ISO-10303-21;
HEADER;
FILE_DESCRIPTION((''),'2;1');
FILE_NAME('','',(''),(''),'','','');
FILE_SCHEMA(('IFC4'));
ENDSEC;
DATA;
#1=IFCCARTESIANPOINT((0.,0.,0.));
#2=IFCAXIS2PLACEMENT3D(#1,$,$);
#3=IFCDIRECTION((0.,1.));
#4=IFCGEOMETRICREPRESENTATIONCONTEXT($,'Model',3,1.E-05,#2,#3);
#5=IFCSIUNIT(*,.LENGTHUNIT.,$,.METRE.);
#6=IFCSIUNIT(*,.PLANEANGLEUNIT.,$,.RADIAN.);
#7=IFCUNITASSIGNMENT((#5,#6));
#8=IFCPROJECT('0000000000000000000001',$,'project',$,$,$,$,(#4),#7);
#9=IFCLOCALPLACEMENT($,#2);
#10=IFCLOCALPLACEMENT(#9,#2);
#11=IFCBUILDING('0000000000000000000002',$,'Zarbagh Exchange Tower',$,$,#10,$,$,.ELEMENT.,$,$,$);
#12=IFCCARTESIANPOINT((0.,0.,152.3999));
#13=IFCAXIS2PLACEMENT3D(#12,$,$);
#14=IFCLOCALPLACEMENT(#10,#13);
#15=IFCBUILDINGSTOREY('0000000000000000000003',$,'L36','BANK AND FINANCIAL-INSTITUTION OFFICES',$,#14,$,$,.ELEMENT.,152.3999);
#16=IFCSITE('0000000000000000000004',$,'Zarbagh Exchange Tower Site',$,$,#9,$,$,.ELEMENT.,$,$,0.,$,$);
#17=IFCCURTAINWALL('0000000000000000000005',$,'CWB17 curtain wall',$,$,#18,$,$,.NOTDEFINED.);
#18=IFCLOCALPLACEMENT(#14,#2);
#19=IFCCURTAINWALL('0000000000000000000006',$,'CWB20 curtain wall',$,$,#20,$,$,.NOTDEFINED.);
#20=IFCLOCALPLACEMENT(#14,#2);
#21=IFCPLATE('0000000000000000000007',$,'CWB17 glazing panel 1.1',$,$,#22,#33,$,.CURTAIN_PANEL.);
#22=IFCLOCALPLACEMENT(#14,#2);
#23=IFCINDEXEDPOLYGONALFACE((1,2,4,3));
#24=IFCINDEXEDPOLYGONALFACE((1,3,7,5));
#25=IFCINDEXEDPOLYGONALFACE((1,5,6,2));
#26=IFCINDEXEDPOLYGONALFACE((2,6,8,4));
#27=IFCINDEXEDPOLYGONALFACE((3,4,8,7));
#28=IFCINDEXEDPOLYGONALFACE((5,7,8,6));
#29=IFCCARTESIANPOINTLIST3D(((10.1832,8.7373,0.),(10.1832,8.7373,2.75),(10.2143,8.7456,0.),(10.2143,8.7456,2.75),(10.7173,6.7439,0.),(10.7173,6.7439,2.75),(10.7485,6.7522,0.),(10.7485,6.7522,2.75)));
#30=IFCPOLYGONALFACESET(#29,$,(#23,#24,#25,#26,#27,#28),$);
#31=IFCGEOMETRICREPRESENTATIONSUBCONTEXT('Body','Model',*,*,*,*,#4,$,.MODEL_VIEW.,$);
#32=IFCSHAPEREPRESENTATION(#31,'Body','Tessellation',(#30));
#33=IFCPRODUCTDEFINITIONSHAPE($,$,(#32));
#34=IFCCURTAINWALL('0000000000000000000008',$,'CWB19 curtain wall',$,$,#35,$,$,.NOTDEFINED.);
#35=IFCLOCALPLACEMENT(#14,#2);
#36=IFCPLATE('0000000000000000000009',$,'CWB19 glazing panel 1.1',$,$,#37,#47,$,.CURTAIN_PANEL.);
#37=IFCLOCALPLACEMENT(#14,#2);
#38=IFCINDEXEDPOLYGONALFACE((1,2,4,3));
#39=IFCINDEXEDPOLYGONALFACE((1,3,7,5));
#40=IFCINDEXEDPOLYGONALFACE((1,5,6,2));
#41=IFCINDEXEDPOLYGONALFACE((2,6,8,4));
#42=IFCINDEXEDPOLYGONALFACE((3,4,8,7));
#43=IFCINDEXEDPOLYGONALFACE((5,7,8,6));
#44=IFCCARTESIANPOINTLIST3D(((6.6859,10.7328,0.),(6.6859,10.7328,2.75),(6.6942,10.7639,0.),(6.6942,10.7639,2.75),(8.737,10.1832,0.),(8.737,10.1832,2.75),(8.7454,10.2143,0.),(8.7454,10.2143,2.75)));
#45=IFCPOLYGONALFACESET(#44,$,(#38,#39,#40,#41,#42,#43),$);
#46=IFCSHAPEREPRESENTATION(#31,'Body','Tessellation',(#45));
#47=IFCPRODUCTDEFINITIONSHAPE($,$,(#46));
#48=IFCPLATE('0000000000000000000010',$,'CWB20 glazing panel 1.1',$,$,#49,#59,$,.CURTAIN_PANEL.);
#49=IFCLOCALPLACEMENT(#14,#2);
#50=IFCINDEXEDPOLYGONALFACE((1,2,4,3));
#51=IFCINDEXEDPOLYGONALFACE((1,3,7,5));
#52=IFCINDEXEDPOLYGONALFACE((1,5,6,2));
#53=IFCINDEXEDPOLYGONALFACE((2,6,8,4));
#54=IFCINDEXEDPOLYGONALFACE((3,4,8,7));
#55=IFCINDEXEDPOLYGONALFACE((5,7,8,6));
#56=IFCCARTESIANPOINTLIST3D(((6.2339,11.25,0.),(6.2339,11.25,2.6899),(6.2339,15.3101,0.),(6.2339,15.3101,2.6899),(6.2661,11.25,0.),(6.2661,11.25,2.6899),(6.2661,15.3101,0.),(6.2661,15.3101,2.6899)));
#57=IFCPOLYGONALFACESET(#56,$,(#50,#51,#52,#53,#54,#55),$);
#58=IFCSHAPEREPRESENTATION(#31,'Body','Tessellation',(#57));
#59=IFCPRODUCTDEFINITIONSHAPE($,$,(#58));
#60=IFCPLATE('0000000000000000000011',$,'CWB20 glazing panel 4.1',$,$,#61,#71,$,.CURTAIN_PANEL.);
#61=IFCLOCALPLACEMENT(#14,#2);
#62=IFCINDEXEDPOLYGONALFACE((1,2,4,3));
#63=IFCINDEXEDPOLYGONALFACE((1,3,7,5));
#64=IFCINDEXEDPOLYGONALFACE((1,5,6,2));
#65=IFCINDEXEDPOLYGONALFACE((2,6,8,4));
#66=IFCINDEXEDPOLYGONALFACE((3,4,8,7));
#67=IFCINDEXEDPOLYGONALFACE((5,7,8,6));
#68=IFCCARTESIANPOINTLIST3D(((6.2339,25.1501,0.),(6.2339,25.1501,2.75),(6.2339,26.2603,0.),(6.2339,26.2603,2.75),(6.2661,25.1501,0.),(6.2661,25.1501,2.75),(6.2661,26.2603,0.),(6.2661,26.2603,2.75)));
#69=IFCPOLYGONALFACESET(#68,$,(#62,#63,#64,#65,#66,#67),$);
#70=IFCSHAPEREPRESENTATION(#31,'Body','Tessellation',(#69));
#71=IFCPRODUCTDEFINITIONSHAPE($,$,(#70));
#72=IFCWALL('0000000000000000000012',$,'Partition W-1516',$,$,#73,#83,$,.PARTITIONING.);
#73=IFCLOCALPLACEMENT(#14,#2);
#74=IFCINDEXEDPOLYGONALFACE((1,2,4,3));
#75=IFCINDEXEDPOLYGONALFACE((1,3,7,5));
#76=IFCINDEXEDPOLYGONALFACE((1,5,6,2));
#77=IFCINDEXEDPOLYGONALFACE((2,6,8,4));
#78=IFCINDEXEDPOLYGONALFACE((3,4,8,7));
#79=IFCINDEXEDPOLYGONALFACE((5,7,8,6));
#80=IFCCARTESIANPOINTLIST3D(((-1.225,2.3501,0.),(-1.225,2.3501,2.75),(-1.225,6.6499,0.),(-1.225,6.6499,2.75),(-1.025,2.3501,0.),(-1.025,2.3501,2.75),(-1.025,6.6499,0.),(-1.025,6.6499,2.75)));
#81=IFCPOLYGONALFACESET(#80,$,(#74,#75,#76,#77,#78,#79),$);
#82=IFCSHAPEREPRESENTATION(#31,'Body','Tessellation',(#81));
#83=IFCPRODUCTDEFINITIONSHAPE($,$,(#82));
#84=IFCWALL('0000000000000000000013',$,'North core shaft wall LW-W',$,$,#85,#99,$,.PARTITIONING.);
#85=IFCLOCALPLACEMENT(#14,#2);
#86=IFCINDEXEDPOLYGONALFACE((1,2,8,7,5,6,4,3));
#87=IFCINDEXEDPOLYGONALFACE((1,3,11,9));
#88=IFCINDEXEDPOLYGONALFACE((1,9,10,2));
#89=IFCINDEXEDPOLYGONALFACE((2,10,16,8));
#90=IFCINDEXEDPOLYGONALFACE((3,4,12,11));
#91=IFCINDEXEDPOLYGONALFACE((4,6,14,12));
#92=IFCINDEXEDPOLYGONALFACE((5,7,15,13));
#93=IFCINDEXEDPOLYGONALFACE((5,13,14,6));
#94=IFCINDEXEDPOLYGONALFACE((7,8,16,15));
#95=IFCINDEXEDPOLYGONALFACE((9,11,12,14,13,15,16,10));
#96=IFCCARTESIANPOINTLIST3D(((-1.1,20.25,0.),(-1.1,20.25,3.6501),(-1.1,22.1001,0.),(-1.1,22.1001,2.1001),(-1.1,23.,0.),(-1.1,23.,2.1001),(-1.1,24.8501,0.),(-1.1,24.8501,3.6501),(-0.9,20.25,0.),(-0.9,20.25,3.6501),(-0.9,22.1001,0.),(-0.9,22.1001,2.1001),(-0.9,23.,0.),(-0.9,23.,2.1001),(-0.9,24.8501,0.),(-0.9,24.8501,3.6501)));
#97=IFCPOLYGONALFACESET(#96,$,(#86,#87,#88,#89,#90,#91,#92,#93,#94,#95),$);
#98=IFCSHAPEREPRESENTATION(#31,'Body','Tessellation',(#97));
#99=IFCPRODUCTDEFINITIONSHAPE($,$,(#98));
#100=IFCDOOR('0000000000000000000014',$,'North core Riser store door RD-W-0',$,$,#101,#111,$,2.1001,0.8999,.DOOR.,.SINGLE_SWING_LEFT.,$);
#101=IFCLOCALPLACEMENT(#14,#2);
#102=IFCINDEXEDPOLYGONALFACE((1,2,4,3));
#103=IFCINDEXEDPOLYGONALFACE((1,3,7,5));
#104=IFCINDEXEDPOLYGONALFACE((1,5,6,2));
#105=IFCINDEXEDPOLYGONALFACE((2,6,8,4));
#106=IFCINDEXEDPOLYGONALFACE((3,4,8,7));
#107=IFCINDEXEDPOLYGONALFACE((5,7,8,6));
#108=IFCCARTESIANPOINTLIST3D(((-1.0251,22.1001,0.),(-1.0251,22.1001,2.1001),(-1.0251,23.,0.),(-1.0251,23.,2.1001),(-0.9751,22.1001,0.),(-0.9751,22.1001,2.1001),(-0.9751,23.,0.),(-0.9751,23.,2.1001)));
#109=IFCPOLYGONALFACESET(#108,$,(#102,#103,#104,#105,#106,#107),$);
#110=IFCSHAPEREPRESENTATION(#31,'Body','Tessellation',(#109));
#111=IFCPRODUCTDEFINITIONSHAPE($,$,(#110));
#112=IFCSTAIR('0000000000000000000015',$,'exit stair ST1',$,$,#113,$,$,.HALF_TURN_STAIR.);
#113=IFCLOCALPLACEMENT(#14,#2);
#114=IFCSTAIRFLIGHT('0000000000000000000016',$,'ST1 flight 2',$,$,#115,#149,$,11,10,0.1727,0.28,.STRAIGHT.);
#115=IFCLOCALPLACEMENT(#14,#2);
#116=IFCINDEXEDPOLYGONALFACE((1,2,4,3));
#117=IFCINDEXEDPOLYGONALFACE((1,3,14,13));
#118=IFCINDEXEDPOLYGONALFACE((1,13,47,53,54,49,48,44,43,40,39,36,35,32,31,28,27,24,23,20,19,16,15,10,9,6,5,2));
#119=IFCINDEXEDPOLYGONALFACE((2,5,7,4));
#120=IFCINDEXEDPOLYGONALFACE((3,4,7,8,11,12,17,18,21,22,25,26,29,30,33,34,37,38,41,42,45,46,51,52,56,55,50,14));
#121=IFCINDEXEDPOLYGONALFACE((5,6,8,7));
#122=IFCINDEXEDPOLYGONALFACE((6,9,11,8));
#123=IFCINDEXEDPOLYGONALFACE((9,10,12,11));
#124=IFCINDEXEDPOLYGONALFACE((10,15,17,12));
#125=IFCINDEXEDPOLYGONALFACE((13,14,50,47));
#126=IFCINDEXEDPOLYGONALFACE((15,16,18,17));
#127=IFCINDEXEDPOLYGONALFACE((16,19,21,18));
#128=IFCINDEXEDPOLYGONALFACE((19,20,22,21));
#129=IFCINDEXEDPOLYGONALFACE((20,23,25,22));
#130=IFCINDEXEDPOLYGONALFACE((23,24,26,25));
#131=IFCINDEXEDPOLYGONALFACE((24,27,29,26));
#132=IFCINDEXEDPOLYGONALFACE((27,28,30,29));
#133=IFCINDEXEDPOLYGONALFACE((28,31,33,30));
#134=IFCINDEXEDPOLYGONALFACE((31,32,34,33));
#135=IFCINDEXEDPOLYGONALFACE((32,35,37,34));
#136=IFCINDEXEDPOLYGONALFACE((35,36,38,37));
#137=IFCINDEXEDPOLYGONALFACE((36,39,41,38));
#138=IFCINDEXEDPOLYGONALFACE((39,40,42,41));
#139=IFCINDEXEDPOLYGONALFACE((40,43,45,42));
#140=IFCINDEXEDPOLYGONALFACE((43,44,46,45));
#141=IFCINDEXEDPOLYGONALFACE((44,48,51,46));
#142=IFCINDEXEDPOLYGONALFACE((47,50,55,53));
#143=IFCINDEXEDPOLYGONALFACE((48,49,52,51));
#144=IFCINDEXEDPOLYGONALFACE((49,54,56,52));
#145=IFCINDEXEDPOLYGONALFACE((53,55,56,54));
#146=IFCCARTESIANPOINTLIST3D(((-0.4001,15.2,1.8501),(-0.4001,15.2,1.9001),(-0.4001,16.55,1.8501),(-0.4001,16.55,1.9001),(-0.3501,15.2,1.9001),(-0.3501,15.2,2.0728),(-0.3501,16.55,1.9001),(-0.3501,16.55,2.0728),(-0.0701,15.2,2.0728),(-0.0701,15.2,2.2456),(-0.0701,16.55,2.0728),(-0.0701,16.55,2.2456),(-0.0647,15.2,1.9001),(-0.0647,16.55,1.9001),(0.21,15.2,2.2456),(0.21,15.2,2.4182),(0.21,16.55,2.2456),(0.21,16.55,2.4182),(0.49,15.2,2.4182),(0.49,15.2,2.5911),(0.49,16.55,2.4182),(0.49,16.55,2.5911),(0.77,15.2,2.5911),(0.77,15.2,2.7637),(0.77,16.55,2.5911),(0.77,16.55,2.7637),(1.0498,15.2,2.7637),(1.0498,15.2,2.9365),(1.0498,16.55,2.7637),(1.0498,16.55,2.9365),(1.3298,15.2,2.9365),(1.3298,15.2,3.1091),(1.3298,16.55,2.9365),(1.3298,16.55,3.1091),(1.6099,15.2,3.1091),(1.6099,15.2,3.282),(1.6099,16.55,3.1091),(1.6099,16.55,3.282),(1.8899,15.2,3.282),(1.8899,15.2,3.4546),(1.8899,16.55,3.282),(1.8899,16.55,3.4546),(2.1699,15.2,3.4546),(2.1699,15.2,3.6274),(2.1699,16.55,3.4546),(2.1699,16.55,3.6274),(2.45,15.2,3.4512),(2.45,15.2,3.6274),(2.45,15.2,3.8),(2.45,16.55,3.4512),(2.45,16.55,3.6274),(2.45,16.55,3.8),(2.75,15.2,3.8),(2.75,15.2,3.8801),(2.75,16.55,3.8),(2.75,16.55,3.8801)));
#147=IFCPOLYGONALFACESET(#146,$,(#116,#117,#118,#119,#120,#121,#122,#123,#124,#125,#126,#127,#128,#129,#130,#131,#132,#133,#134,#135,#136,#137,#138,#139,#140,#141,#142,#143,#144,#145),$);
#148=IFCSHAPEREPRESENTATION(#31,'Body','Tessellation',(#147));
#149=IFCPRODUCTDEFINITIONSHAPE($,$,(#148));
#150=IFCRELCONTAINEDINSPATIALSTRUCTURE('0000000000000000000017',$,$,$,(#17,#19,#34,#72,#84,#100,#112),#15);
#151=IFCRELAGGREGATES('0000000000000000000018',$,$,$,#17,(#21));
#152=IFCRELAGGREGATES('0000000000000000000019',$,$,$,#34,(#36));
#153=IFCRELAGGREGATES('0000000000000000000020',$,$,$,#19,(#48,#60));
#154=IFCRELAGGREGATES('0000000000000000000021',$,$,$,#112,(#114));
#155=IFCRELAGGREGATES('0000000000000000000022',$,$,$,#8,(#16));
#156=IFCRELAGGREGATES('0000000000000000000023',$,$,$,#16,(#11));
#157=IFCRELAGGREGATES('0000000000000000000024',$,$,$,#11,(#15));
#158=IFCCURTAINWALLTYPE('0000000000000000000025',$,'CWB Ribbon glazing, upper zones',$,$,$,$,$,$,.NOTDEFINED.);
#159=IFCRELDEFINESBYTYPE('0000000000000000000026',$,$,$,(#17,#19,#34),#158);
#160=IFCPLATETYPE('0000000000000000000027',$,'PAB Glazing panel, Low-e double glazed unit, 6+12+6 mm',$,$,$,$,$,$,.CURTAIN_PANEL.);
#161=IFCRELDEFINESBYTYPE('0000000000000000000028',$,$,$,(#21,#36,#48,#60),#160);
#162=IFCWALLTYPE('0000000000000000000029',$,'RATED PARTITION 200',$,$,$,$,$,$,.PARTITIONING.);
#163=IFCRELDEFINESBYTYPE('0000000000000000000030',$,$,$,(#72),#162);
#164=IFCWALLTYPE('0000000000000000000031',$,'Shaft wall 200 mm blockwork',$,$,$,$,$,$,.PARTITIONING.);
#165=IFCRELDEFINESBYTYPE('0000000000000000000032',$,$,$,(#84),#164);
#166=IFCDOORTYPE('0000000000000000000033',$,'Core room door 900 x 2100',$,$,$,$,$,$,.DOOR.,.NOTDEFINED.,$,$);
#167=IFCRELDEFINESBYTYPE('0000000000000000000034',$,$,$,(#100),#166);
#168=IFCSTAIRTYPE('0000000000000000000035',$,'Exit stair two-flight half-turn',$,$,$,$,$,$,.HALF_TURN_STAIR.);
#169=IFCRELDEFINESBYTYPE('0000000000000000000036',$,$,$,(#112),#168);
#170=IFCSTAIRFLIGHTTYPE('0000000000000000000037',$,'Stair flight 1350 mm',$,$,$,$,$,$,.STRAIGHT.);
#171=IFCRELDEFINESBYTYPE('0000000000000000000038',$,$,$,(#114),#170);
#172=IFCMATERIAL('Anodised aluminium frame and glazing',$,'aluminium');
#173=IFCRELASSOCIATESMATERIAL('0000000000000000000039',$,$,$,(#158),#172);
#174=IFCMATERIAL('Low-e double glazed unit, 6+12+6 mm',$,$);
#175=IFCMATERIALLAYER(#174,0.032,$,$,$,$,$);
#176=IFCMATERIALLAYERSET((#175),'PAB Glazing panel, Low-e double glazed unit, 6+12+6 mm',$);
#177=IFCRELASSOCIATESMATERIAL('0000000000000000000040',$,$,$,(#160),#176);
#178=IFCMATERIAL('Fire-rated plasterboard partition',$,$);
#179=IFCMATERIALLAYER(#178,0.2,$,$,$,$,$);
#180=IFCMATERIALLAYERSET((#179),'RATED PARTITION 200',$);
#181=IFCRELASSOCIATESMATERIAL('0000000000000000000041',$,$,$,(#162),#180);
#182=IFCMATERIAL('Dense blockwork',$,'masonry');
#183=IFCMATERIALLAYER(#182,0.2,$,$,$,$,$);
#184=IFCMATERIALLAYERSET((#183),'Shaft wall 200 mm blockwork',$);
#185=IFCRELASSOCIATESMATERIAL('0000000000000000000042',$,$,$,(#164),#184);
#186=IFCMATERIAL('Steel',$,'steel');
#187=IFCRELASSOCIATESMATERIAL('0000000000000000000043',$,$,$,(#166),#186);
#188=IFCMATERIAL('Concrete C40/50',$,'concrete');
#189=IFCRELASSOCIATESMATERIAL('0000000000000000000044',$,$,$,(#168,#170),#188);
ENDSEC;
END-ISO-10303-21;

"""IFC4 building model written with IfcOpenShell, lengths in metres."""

from ifc_helpers import new_model, si_unit, direction, frame, frame_2d, origin, place, context, subcontext, project, spatial, polyline, rectangle, outline, extrude, source, transform, mapped, material, layer, layer_set, type_object, element, fill, aggregate, save


model = new_model("IFC4")

# Units and contexts
model_context = context("Model", 3, precision=1e-05, world=origin(), true_north=direction((0.0, 1.0)))
body_context = subcontext(model_context, "Body", "Model", "MODEL_VIEW")
ifc_project = project(units=[si_unit("LENGTHUNIT", "METRE"), si_unit("PLANEANGLEUNIT", "RADIAN")], contexts=[model_context])

# Site, building, storey
site_placement = place(None, origin())
site = spatial("IfcSite", under=ifc_project, at=site_placement, Name="Zarbagh Exchange Tower Site", CompositionType="ELEMENT", RefElevation=0.0)
building_placement = place(site_placement, origin())
building = spatial("IfcBuilding", under=site, at=building_placement, Name="Zarbagh Exchange Tower", CompositionType="ELEMENT")
storey_placement = place(building_placement, frame((0.0, 0.0, 152.3999)))
storey = spatial("IfcBuildingStorey", under=building, at=storey_placement, Name="L36", Description="BANK AND FINANCIAL-INSTITUTION OFFICES", CompositionType="ELEMENT", Elevation=152.3999)

# Shared definitions
ifc_material_1 = material(Name="Anodised aluminium frame and glazing", Category="aluminium")
curtain_wall_type = type_object("IfcCurtainWallType", Name="CWB Ribbon glazing, upper zones", PredefinedType="NOTDEFINED", material=ifc_material_1)
placement = place(storey_placement, origin())

# Curtain wall
curtain_wall_1_placement = place(storey_placement, origin())
curtain_wall_1 = element("IfcCurtainWall", 1, at=curtain_wall_1_placement, inside=storey, type_object=curtain_wall_type, Name="CWB17 curtain wall", PredefinedType="NOTDEFINED")

# Curtain wall
curtain_wall_2_placement = place(storey_placement, origin())
curtain_wall_2 = element("IfcCurtainWall", 2, at=curtain_wall_2_placement, inside=storey, type_object=curtain_wall_type, Name="CWB20 curtain wall", PredefinedType="NOTDEFINED")

# Shared definitions
ifc_material_2 = material(Name="Low-e double glazed unit, 6+12+6 mm")
ifc_layer_1 = layer(ifc_material_2, 0.032)
ifc_layer_set_1 = layer_set([ifc_layer_1], Name="PAB Glazing panel, Low-e double glazed unit, 6+12+6 mm")
plate_type = type_object("IfcPlateType", Name="PAB Glazing panel, Low-e double glazed unit, 6+12+6 mm", PredefinedType="CURTAIN_PANEL", material=ifc_layer_set_1)

# Plate
shared_shape_1 = source(origin(), body_context, "Body", "SweptSolid", [
    extrude(outline(polyline([(0.0, -0.0161), (2.0637, -0.0161), (2.0637, 0.0161), (0.0, 0.0161), (0.0, -0.0161)])), origin(), (0.0, 0.0, 1.0), 2.75),
])
plate_1 = element("IfcPlate", 3, at=placement, type_object=plate_type, Name="CWB17 glazing panel 1.1", PredefinedType="CURTAIN_PANEL", context=body_context, shape_type="MappedRepresentation", body=[
    mapped(shared_shape_1, transform((10.7329, 6.748, 0.0), x_axis=(-0.258825, 0.965924, 0.0), y_axis=(-0.965924, -0.258825, 0.0), z_axis=(0.0, 0.0, 1.0))),
])
aggregate(curtain_wall_1, [plate_1])

# Curtain wall, plate
curtain_wall_3_placement = place(storey_placement, origin())
curtain_wall_3 = element("IfcCurtainWall", 4, at=curtain_wall_3_placement, inside=storey, type_object=curtain_wall_type, Name="CWB19 curtain wall", PredefinedType="NOTDEFINED")
shared_shape_2 = source(origin(), body_context, "Body", "SweptSolid", [
    extrude(outline(polyline([(0.0, -0.0161), (2.1235, -0.0161), (2.1235, 0.0161), (0.0, 0.0161), (0.0, -0.0161)])), origin(), (0.0, 0.0, 1.0), 2.75),
])
plate_2 = element("IfcPlate", 5, at=placement, type_object=plate_type, Name="CWB19 glazing panel 1.1", PredefinedType="CURTAIN_PANEL", context=body_context, shape_type="MappedRepresentation", body=[
    mapped(shared_shape_2, transform((8.7412, 10.1987, 0.0), x_axis=(-0.965924, 0.258825, 0.0), y_axis=(-0.258825, -0.965924, 0.0), z_axis=(0.0, 0.0, 1.0))),
])
aggregate(curtain_wall_3, [plate_2])

# Plates
shared_shape_3 = source(origin(), body_context, "Body", "SweptSolid", [
    extrude(outline(polyline([(0.0, -0.0161), (4.0601, -0.0161), (4.0601, 0.0161), (0.0, 0.0161), (0.0, -0.0161)])), origin(), (0.0, 0.0, 1.0), 2.6899),
])
plate_3 = element("IfcPlate", 6, at=placement, type_object=plate_type, Name="CWB20 glazing panel 1.1", PredefinedType="CURTAIN_PANEL", context=body_context, shape_type="MappedRepresentation", body=[
    mapped(shared_shape_3, transform((6.25, 11.25, 0.0), x_axis=(0.0, 1.0, 0.0), y_axis=(-1.0, 0.0, 0.0), z_axis=(0.0, 0.0, 1.0))),
])
shared_shape_4 = source(origin(), body_context, "Body", "SweptSolid", [
    extrude(outline(polyline([(0.0, -0.0161), (1.1101, -0.0161), (1.1101, 0.0161), (0.0, 0.0161), (0.0, -0.0161)])), origin(), (0.0, 0.0, 1.0), 2.75),
])
plate_4 = element("IfcPlate", 7, at=placement, type_object=plate_type, Name="CWB20 glazing panel 4.1", PredefinedType="CURTAIN_PANEL", context=body_context, shape_type="MappedRepresentation", body=[
    mapped(shared_shape_4, transform((6.25, 25.1501, 0.0), x_axis=(0.0, 1.0, 0.0), y_axis=(-1.0, 0.0, 0.0), z_axis=(0.0, 0.0, 1.0))),
])
aggregate(curtain_wall_2, [plate_3, plate_4])

# Wall
ifc_material_3 = material(Name="Fire-rated plasterboard partition")
ifc_layer_2 = layer(ifc_material_3, 0.2)
ifc_layer_set_2 = layer_set([ifc_layer_2], Name="RATED PARTITION 200")
wall_type_1 = type_object("IfcWallType", Name="RATED PARTITION 200", PredefinedType="PARTITIONING", material=ifc_layer_set_2)
wall_1_placement = place(storey_placement, frame((-1.125, 2.3501, 0.0), z_axis=(0.0, 0.0, 1.0), x_axis=(0.0, 1.0, 0.0)))
element("IfcWall", 8, at=wall_1_placement, inside=storey, type_object=wall_type_1, Name="Partition W-1516", PredefinedType="PARTITIONING", context=body_context, shape_type="SweptSolid", body=[
    extrude(rectangle(XDim=4.2998, YDim=0.2, at=frame_2d((2.1499, 0.0))), origin(), (0.0, 0.0, 1.0), 2.75),
])

# Wall, opening, door
ifc_material_4 = material(Name="Dense blockwork", Category="masonry")
ifc_layer_3 = layer(ifc_material_4, 0.2)
ifc_layer_set_3 = layer_set([ifc_layer_3], Name="Shaft wall 200 mm blockwork")
wall_type_2 = type_object("IfcWallType", Name="Shaft wall 200 mm blockwork", PredefinedType="PARTITIONING", material=ifc_layer_set_3)
wall_2_placement = place(storey_placement, frame((-1.0, 24.8501, 0.0), z_axis=(0.0, 0.0, 1.0), x_axis=(0.0, -1.0, 0.0)))
wall_2 = element("IfcWall", 9, at=wall_2_placement, inside=storey, type_object=wall_type_2, Name="North core shaft wall LW-W", PredefinedType="PARTITIONING", context=body_context, shape_type="SweptSolid", body=[
    extrude(rectangle(XDim=4.6001, YDim=0.2, at=frame_2d((2.3, 0.0))), origin(), (0.0, 0.0, 1.0), 3.6501),
])
opening_placement = place(wall_2_placement, frame((1.8501, 0.0, 0.0)))
opening = element("IfcOpeningElement", 10, at=opening_placement, cuts=wall_2, PredefinedType="OPENING", context=body_context, shape_type="SweptSolid", body=[
    extrude(rectangle(XDim=0.8999, YDim=2.1001, at=frame_2d((0.45, 1.05))), frame((0.0, 0.1099, 0.0), z_axis=(0.0, -1.0, 0.0), x_axis=(1.0, 0.0, 0.0)), (0.0, 0.0, 1.0), 0.22),
])
ifc_material_5 = material(Name="Steel", Category="steel")
door_type = type_object("IfcDoorType", Name="Core room door 900 x 2100", OperationType="NOTDEFINED", PredefinedType="DOOR", material=ifc_material_5)
door_placement = place(opening_placement, origin())
door = element("IfcDoor", 11, at=door_placement, inside=storey, type_object=door_type, Name="North core Riser store door RD-W-0", OperationType="SINGLE_SWING_LEFT", OverallHeight=2.1001, OverallWidth=0.8999, PredefinedType="DOOR", context=body_context, shape_type="SweptSolid", body=[
    extrude(rectangle(XDim=0.8999, YDim=2.1001, at=frame_2d((0.45, 1.05))), frame((0.0, 0.0249, 0.0), z_axis=(0.0, -1.0, 0.0), x_axis=(1.0, 0.0, 0.0)), (0.0, 0.0, 1.0), 0.05),
])
fill(opening, door)

# Stair, stair flight
ifc_material_6 = material(Name="Concrete C40/50", Category="concrete")
stair_type = type_object("IfcStairType", Name="Exit stair two-flight half-turn", PredefinedType="HALF_TURN_STAIR", material=ifc_material_6)
stair_placement = place(storey_placement, origin())
stair = element("IfcStair", 12, at=stair_placement, inside=storey, type_object=stair_type, Name="exit stair ST1", PredefinedType="HALF_TURN_STAIR")
stair_flight_type = type_object("IfcStairFlightType", Name="Stair flight 1350 mm", PredefinedType="STRAIGHT", material=ifc_material_6)
stair_flight_placement = place(storey_placement, frame((-0.3501, 15.875, 1.9001), z_axis=(0.0, 0.0, 1.0), x_axis=(1.0, 0.0, 0.0)))
stair_flight = element("IfcStairFlight", 13, at=stair_flight_placement, type_object=stair_flight_type, Name="ST1 flight 2", NumberOfRisers=11, NumberOfTreads=10, PredefinedType="STRAIGHT", RiserHeight=0.1727, TreadLength=0.28, context=body_context, shape_type="SweptSolid", body=[
    extrude(outline(polyline([(-0.05, -0.05), (-0.05, 0.0), (0.0, 0.0), (0.0, 0.1726), (0.28, 0.1726), (0.28, 0.3455), (0.5601, 0.3455), (0.5601, 0.5181), (0.8401, 0.5181), (0.8401, 0.6909), (1.1201, 0.6909), (1.1201, 0.8635), (1.3999, 0.8635), (1.3999, 1.0364), (1.6799, 1.0364), (1.6799, 1.209), (1.96, 1.209), (1.96, 1.3818), (2.24, 1.3818), (2.24, 1.5544), (2.52, 1.5544), (2.52, 1.7273), (2.8, 1.7273), (2.8, 1.8999), (3.1001, 1.98), (3.1001, 1.8999), (2.8, 1.551), (0.2854, 0.0), (-0.05, -0.05)])), frame((0.0, 0.675, 0.0), z_axis=(0.0, -1.0, 0.0), x_axis=(1.0, 0.0, 0.0)), (0.0, 0.0, 1.0), 1.3501),
])
aggregate(stair, [stair_flight])

save(model, "model.ifc")
